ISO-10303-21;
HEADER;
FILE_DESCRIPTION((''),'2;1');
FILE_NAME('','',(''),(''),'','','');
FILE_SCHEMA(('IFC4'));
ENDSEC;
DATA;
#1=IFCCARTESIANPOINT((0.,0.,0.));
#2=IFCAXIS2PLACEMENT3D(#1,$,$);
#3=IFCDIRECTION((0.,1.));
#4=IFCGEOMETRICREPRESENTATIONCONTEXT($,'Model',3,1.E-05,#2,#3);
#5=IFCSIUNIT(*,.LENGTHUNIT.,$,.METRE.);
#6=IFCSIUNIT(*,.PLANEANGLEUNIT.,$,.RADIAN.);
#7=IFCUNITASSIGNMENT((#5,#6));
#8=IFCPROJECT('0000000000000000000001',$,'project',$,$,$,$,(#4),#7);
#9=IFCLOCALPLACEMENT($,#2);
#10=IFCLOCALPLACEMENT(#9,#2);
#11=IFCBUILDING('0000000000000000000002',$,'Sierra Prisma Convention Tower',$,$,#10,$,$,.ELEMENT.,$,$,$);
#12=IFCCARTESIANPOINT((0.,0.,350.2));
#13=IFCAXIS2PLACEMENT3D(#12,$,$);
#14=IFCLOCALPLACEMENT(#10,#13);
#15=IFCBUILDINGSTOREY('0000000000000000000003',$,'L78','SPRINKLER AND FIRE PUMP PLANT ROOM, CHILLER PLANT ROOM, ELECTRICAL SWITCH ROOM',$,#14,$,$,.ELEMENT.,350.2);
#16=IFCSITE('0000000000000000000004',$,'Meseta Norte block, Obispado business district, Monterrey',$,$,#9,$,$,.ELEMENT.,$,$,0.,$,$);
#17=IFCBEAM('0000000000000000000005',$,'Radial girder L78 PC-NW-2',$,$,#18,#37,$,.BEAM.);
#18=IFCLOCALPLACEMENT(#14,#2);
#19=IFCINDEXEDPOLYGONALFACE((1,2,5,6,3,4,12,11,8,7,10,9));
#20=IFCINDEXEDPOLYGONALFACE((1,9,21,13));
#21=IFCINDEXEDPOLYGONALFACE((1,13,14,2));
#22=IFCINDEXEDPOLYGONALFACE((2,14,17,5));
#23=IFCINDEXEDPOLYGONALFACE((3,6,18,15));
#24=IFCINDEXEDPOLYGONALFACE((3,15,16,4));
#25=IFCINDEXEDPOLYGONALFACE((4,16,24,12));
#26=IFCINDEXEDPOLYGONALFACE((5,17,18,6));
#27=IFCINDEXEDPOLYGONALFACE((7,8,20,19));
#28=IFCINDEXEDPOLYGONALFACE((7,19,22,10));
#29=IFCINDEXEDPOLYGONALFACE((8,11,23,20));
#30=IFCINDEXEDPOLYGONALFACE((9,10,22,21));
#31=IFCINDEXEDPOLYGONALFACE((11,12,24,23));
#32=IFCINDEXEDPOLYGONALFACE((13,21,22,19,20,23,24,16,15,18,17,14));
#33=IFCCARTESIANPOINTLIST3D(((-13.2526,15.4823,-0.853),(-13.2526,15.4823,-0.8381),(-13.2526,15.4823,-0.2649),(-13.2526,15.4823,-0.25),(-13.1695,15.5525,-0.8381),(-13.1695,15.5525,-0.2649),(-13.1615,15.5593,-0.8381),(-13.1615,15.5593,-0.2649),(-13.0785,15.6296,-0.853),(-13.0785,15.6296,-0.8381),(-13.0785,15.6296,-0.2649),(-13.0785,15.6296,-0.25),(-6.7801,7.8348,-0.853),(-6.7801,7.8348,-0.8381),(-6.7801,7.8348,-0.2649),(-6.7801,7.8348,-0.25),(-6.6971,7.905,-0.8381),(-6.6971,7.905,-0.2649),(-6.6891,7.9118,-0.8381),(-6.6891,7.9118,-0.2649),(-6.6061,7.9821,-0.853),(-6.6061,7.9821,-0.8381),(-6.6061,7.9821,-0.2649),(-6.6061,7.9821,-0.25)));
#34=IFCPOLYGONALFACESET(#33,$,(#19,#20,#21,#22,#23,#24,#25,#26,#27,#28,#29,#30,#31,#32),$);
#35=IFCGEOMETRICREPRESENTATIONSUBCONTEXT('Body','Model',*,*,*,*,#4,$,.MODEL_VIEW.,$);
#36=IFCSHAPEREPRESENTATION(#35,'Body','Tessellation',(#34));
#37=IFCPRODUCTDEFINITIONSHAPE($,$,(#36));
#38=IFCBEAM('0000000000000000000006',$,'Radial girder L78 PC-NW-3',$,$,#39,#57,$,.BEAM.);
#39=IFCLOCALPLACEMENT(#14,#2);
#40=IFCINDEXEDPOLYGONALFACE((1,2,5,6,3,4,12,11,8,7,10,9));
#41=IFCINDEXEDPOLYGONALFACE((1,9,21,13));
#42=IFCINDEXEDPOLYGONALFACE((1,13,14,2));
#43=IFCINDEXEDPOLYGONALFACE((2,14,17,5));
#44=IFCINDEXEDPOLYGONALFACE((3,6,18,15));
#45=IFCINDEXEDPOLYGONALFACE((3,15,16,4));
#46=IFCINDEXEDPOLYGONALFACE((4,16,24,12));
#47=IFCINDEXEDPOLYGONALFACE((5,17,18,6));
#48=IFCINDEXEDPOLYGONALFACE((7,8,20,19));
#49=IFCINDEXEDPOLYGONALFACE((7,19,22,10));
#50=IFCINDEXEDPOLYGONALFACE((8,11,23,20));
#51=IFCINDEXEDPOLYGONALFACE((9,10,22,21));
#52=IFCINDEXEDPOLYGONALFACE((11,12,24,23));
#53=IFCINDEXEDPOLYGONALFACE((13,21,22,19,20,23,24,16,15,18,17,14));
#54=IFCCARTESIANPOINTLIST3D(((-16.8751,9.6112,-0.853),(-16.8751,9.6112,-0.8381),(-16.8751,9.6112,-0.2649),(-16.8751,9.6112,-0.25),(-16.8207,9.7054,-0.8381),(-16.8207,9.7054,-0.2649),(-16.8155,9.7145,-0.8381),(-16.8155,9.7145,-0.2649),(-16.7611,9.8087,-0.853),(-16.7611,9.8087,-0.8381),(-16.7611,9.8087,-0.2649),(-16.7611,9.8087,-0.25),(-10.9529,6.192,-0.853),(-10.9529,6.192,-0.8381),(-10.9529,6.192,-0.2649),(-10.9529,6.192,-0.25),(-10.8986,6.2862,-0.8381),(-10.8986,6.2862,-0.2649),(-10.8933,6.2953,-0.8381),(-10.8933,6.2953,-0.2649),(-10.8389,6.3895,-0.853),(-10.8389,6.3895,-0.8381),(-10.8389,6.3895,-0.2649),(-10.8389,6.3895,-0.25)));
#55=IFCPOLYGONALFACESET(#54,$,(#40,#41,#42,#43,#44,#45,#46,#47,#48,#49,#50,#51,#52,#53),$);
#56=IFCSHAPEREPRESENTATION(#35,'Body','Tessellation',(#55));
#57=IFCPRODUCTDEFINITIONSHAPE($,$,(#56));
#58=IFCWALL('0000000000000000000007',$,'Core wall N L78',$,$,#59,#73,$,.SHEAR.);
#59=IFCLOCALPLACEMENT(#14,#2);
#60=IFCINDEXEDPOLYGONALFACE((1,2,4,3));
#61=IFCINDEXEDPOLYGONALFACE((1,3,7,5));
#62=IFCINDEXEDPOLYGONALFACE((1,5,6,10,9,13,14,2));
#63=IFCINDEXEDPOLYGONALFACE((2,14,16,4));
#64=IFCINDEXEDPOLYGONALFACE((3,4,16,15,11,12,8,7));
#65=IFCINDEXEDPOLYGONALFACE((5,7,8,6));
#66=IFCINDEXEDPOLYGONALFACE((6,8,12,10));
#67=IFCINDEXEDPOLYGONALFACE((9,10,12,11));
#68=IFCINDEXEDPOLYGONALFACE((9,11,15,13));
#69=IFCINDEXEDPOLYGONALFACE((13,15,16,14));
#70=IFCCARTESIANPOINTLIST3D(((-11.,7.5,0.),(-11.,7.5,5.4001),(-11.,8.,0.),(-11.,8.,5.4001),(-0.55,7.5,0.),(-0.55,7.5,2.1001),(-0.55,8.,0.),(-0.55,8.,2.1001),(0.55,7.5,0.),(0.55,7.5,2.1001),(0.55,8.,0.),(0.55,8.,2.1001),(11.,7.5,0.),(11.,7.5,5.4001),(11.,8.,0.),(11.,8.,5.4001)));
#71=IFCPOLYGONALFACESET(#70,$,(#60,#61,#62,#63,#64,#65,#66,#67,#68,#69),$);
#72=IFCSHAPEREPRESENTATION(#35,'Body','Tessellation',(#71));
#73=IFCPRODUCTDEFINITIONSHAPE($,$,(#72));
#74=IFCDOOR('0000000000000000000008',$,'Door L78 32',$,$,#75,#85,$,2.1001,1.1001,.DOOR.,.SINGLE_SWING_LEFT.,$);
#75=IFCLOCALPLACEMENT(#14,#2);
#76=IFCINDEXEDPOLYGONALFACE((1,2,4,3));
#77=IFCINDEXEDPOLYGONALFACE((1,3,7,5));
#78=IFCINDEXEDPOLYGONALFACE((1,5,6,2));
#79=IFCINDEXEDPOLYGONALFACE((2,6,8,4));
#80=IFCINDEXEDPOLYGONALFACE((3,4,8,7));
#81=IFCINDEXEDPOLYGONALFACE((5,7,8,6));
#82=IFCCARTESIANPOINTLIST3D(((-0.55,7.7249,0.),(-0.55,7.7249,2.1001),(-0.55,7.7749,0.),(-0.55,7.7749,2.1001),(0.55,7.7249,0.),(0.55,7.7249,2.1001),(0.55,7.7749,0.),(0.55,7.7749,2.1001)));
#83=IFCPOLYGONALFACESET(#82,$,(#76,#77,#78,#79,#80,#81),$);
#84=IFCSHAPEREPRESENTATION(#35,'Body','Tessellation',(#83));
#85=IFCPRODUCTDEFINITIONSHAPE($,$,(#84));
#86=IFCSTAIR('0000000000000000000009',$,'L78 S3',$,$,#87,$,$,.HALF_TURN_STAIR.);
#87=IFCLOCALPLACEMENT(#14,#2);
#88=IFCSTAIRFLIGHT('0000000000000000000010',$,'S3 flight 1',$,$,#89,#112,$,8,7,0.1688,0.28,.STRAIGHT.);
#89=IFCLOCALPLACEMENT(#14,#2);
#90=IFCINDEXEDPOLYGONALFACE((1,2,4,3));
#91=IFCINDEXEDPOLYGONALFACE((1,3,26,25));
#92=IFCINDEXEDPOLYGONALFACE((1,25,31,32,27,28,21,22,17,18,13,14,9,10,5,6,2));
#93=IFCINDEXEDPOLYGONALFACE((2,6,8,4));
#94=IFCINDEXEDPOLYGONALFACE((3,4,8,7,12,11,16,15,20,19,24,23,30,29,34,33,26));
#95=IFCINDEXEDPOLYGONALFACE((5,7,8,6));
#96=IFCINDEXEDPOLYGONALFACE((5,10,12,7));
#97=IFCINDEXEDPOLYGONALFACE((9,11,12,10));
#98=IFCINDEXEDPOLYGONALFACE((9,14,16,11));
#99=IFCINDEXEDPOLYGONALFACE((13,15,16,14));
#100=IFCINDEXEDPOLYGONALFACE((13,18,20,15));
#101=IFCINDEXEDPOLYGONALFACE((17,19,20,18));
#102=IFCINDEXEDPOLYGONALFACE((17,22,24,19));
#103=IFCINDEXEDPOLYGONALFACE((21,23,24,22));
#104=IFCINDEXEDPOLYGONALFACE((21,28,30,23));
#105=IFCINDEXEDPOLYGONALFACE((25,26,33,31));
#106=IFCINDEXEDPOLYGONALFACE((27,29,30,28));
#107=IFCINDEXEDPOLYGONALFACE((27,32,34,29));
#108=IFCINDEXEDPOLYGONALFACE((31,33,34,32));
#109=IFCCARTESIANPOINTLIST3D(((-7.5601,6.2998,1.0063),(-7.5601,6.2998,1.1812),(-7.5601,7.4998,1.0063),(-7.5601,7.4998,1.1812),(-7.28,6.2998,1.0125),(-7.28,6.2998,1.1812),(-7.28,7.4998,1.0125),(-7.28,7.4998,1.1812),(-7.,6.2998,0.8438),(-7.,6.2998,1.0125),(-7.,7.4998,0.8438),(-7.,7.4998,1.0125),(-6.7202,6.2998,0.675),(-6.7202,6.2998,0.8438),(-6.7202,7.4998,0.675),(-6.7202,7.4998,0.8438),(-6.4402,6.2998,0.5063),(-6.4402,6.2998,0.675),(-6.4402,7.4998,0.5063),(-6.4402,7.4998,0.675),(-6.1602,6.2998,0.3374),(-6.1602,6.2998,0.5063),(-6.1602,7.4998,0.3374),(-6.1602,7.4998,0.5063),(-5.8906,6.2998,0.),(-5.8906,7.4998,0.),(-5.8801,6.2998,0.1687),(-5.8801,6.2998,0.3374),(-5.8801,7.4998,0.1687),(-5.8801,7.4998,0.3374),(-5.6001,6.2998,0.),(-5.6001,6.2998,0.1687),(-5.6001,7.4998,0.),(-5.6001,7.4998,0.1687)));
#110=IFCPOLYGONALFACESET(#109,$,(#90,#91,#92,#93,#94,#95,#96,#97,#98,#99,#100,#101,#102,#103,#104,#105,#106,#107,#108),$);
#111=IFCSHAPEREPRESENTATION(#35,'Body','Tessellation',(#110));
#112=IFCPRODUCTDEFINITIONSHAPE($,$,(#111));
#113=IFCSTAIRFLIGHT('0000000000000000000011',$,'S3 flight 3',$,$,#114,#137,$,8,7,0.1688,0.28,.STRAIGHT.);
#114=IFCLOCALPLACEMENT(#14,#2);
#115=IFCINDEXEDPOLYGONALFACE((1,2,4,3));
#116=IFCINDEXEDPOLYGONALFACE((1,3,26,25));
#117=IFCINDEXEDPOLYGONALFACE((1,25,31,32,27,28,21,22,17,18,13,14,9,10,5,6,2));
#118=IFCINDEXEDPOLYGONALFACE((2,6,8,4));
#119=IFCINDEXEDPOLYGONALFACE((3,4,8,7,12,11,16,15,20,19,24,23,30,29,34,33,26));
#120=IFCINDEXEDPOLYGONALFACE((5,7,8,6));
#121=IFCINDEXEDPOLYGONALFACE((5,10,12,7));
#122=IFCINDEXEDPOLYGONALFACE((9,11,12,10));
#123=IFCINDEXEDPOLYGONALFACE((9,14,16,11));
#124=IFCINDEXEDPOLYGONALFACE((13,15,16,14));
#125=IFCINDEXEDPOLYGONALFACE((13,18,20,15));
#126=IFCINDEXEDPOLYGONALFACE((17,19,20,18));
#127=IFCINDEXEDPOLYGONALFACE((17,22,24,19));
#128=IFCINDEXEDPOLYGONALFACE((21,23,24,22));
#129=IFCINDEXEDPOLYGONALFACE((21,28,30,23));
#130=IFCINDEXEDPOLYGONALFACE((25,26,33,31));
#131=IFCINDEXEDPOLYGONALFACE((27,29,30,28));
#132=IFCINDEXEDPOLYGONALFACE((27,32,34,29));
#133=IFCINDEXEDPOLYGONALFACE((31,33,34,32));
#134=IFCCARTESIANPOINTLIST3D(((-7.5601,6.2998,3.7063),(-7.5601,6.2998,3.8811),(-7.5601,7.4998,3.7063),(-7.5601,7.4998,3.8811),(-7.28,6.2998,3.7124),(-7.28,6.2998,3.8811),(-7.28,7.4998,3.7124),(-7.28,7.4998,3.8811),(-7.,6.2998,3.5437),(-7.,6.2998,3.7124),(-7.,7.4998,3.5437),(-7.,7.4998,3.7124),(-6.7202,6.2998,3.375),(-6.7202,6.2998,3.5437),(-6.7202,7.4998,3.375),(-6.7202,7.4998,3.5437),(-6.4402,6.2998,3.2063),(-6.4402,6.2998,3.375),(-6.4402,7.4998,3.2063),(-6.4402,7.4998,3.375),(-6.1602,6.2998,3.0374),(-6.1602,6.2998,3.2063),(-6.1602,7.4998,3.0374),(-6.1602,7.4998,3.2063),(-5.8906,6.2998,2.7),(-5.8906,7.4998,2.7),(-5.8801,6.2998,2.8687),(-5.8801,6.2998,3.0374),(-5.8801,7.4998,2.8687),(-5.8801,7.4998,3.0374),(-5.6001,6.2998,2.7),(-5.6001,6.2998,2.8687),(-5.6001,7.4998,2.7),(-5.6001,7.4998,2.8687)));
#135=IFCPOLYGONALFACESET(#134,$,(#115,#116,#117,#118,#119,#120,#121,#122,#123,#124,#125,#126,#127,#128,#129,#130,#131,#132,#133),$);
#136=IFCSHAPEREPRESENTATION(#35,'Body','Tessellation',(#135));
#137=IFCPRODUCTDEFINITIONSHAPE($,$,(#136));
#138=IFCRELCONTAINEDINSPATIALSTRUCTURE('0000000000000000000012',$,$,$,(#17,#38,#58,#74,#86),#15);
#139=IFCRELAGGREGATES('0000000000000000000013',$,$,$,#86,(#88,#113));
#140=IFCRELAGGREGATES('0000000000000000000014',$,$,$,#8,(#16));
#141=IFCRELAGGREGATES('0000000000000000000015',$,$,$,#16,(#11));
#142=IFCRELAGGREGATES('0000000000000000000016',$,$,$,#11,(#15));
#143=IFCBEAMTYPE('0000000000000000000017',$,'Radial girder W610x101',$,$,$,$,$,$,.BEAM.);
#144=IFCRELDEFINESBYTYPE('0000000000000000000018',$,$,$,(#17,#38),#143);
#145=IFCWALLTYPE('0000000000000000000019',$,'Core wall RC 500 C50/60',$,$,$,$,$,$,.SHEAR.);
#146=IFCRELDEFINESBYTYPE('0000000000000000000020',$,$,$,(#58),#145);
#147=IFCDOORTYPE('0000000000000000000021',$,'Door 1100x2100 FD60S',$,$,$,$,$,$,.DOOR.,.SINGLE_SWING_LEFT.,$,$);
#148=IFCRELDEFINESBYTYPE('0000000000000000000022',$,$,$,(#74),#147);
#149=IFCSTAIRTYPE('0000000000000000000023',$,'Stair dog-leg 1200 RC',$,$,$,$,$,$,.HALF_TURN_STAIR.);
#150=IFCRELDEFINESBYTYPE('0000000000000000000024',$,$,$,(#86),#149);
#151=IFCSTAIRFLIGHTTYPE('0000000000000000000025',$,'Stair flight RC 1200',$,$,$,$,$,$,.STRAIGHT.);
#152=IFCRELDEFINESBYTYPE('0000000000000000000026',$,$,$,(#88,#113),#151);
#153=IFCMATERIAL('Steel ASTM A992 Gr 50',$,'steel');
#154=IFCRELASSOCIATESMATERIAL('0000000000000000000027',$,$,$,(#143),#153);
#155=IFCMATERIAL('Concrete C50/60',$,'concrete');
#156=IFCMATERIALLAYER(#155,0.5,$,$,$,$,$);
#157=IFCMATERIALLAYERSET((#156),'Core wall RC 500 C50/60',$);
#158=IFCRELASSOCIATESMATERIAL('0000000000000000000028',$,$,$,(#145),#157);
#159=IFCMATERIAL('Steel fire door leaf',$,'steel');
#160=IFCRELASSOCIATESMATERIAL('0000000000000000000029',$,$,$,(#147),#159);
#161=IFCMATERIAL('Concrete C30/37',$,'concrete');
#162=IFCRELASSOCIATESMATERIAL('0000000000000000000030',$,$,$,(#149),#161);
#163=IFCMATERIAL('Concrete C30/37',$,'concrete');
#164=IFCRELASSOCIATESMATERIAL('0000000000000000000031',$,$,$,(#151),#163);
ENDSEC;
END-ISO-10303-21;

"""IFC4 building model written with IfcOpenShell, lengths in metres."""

from ifc_helpers import new_model, si_unit, direction, frame, frame_2d, origin, origin_2d, place, context, subcontext, project, spatial, polyline, rectangle, i_section, outline, extrude, material, layer, layer_set, material_profile, profile_set, type_object, element, fill, aggregate, save


model = new_model("IFC4")

# Units and contexts
model_context = context("Model", 3, precision=1e-05, world=origin(), true_north=direction((0.0, 1.0)))
body_context = subcontext(model_context, "Body", "Model", "MODEL_VIEW")
ifc_project = project(units=[si_unit("LENGTHUNIT", "METRE"), si_unit("PLANEANGLEUNIT", "RADIAN")], contexts=[model_context])

# Site, building, storey
site_placement = place(None, origin())
site = spatial("IfcSite", under=ifc_project, at=site_placement, Name="Meseta Norte block, Obispado business district, Monterrey", CompositionType="ELEMENT", RefElevation=0.0)
building_placement = place(site_placement, origin())
building = spatial("IfcBuilding", under=site, at=building_placement, Name="Sierra Prisma Convention Tower", CompositionType="ELEMENT")
storey_placement = place(building_placement, frame((0.0, 0.0, 350.2)))
storey = spatial("IfcBuildingStorey", under=building, at=storey_placement, Name="L78", Description="SPRINKLER AND FIRE PUMP PLANT ROOM, CHILLER PLANT ROOM, ELECTRICAL SWITCH ROOM", CompositionType="ELEMENT", Elevation=350.2)

# Beams
ifc_material_1 = material(Name="Steel ASTM A992 Gr 50", Category="steel")
ifc_material_profile_1 = material_profile(ifc_material_1, i_section(OverallWidth=0.228, OverallDepth=0.603, WebThickness=0.0105, FlangeThickness=0.0149, at=origin_2d()), Name="W610x101")
ifc_profile_set_1 = profile_set([ifc_material_profile_1], Name="Steel ASTM A992 Gr 50")
beam_type_1 = type_object("IfcBeamType", Name="Radial girder W610x101", PredefinedType="BEAM", material=ifc_profile_set_1)
beam_1_placement = place(storey_placement, frame((-13.1655, 15.5559, -0.5515), z_axis=(0.646029, -0.763313, 0.0), x_axis=(0.763313, 0.646029, 0.0)))
element("IfcBeam", 1, at=beam_1_placement, inside=storey, type_object=beam_type_1, Name="Radial girder L78 PC-NW-2", PredefinedType="BEAM", context=body_context, shape_type="SweptSolid", body=[
    extrude(i_section(OverallWidth=0.228, OverallDepth=0.603, WebThickness=0.0105, FlangeThickness=0.0149, at=origin_2d()), origin(), (0.0, 0.0, 1.0), 10.0188),
])
beam_2_placement = place(storey_placement, frame((-16.8181, 9.71, -0.5515), z_axis=(0.866022, -0.500006, 0.0), x_axis=(0.500006, 0.866022, 0.0)))
element("IfcBeam", 2, at=beam_2_placement, inside=storey, type_object=beam_type_1, Name="Radial girder L78 PC-NW-3", PredefinedType="BEAM", context=body_context, shape_type="SweptSolid", body=[
    extrude(i_section(OverallWidth=0.228, OverallDepth=0.603, WebThickness=0.0105, FlangeThickness=0.0149, at=origin_2d()), origin(), (0.0, 0.0, 1.0), 6.8384),
])

# Wall, opening, door
ifc_material_2 = material(Name="Concrete C50/60", Category="concrete")
ifc_layer = layer(ifc_material_2, 0.5)
ifc_layer_set = layer_set([ifc_layer], Name="Core wall RC 500 C50/60")
wall_type = type_object("IfcWallType", Name="Core wall RC 500 C50/60", PredefinedType="SHEAR", material=ifc_layer_set)
wall_placement = place(storey_placement, frame((-11.0, 7.75, 0.0), z_axis=(0.0, 0.0, 1.0), x_axis=(1.0, 0.0, 0.0)))
wall = element("IfcWall", 3, at=wall_placement, inside=storey, type_object=wall_type, Name="Core wall N L78", PredefinedType="SHEAR", context=body_context, shape_type="SweptSolid", body=[
    extrude(rectangle(XDim=22.0, YDim=0.5, at=frame_2d((11.0, 0.0))), origin(), (0.0, 0.0, 1.0), 5.4001),
])
opening_placement = place(wall_placement, frame((10.45, 0.0, 0.0)))
opening = element("IfcOpeningElement", 4, at=opening_placement, cuts=wall, PredefinedType="OPENING", context=body_context, shape_type="SweptSolid", body=[
    extrude(rectangle(XDim=1.1001, YDim=2.1001, at=frame_2d((0.55, 1.05))), frame((0.0, 0.25, 0.0), z_axis=(0.0, -1.0, 0.0), x_axis=(1.0, 0.0, 0.0)), (0.0, 0.0, 1.0), 0.5),
])
ifc_material_3 = material(Name="Steel fire door leaf", Category="steel")
door_type = type_object("IfcDoorType", Name="Door 1100x2100 FD60S", OperationType="SINGLE_SWING_LEFT", PredefinedType="DOOR", material=ifc_material_3)
door_placement = place(opening_placement, origin())
door = element("IfcDoor", 5, at=door_placement, inside=storey, type_object=door_type, Name="Door L78 32", OperationType="SINGLE_SWING_LEFT", OverallHeight=2.1001, OverallWidth=1.1001, PredefinedType="DOOR", context=body_context, shape_type="SweptSolid", body=[
    extrude(rectangle(XDim=1.1001, YDim=2.1001, at=frame_2d((0.55, 1.05))), frame((0.0, 0.0249, 0.0), z_axis=(0.0, -1.0, 0.0), x_axis=(1.0, 0.0, 0.0)), (0.0, 0.0, 1.0), 0.05),
])
fill(opening, door)

# Stair, stair flights
ifc_material_4 = material(Name="Concrete C30/37", Category="concrete")
stair_type = type_object("IfcStairType", Name="Stair dog-leg 1200 RC", PredefinedType="HALF_TURN_STAIR", material=ifc_material_4)
stair_placement = place(storey_placement, origin())
stair = element("IfcStair", 6, at=stair_placement, inside=storey, type_object=stair_type, Name="L78 S3", PredefinedType="HALF_TURN_STAIR")
ifc_material_5 = material(Name="Concrete C30/37", Category="concrete")
stair_flight_type = type_object("IfcStairFlightType", Name="Stair flight RC 1200", PredefinedType="STRAIGHT", material=ifc_material_5)
stair_flight_1_placement = place(storey_placement, frame((-5.6001, 6.8999, 0.0), z_axis=(0.0, 0.0, 1.0), x_axis=(-1.0, 0.0, 0.0)))
stair_flight_1 = element("IfcStairFlight", 7, at=stair_flight_1_placement, type_object=stair_flight_type, Name="S3 flight 1", NumberOfRisers=8, NumberOfTreads=7, PredefinedType="STRAIGHT", RiserHeight=0.1688, TreadLength=0.28, context=body_context, shape_type="SweptSolid", body=[
    extrude(outline(polyline([(0.0, 0.0), (0.0, 0.1687), (0.28, 0.1687), (0.28, 0.3374), (0.5601, 0.3374), (0.5601, 0.5063), (0.8401, 0.5063), (0.8401, 0.675), (1.1201, 0.675), (1.1201, 0.8438), (1.3999, 0.8438), (1.3999, 1.0125), (1.6799, 1.0125), (1.6799, 1.1812), (1.96, 1.1812), (1.96, 1.3501), (1.96, 1.0063), (0.2905, 0.0), (0.0, 0.0)])), frame((0.0, 0.6001, 0.0), z_axis=(0.0, -1.0, 0.0), x_axis=(1.0, 0.0, 0.0)), (0.0, 0.0, 1.0), 1.2),
])
stair_flight_2_placement = place(storey_placement, frame((-5.6001, 6.8999, 2.7), z_axis=(0.0, 0.0, 1.0), x_axis=(-1.0, 0.0, 0.0)))
stair_flight_2 = element("IfcStairFlight", 8, at=stair_flight_2_placement, type_object=stair_flight_type, Name="S3 flight 3", NumberOfRisers=8, NumberOfTreads=7, PredefinedType="STRAIGHT", RiserHeight=0.1688, TreadLength=0.28, context=body_context, shape_type="SweptSolid", body=[
    extrude(outline(polyline([(0.0, 0.0), (0.0, 0.1687), (0.28, 0.1687), (0.28, 0.3374), (0.5601, 0.3374), (0.5601, 0.5063), (0.8401, 0.5063), (0.8401, 0.675), (1.1201, 0.675), (1.1201, 0.8438), (1.3999, 0.8438), (1.3999, 1.0125), (1.6799, 1.0125), (1.6799, 1.1812), (1.96, 1.1812), (1.96, 1.3501), (1.96, 1.0063), (0.2905, 0.0), (0.0, 0.0)])), frame((0.0, 0.6001, 0.0), z_axis=(0.0, -1.0, 0.0), x_axis=(1.0, 0.0, 0.0)), (0.0, 0.0, 1.0), 1.2),
])
aggregate(stair, [stair_flight_1, stair_flight_2])

save(model, "model.ifc")
